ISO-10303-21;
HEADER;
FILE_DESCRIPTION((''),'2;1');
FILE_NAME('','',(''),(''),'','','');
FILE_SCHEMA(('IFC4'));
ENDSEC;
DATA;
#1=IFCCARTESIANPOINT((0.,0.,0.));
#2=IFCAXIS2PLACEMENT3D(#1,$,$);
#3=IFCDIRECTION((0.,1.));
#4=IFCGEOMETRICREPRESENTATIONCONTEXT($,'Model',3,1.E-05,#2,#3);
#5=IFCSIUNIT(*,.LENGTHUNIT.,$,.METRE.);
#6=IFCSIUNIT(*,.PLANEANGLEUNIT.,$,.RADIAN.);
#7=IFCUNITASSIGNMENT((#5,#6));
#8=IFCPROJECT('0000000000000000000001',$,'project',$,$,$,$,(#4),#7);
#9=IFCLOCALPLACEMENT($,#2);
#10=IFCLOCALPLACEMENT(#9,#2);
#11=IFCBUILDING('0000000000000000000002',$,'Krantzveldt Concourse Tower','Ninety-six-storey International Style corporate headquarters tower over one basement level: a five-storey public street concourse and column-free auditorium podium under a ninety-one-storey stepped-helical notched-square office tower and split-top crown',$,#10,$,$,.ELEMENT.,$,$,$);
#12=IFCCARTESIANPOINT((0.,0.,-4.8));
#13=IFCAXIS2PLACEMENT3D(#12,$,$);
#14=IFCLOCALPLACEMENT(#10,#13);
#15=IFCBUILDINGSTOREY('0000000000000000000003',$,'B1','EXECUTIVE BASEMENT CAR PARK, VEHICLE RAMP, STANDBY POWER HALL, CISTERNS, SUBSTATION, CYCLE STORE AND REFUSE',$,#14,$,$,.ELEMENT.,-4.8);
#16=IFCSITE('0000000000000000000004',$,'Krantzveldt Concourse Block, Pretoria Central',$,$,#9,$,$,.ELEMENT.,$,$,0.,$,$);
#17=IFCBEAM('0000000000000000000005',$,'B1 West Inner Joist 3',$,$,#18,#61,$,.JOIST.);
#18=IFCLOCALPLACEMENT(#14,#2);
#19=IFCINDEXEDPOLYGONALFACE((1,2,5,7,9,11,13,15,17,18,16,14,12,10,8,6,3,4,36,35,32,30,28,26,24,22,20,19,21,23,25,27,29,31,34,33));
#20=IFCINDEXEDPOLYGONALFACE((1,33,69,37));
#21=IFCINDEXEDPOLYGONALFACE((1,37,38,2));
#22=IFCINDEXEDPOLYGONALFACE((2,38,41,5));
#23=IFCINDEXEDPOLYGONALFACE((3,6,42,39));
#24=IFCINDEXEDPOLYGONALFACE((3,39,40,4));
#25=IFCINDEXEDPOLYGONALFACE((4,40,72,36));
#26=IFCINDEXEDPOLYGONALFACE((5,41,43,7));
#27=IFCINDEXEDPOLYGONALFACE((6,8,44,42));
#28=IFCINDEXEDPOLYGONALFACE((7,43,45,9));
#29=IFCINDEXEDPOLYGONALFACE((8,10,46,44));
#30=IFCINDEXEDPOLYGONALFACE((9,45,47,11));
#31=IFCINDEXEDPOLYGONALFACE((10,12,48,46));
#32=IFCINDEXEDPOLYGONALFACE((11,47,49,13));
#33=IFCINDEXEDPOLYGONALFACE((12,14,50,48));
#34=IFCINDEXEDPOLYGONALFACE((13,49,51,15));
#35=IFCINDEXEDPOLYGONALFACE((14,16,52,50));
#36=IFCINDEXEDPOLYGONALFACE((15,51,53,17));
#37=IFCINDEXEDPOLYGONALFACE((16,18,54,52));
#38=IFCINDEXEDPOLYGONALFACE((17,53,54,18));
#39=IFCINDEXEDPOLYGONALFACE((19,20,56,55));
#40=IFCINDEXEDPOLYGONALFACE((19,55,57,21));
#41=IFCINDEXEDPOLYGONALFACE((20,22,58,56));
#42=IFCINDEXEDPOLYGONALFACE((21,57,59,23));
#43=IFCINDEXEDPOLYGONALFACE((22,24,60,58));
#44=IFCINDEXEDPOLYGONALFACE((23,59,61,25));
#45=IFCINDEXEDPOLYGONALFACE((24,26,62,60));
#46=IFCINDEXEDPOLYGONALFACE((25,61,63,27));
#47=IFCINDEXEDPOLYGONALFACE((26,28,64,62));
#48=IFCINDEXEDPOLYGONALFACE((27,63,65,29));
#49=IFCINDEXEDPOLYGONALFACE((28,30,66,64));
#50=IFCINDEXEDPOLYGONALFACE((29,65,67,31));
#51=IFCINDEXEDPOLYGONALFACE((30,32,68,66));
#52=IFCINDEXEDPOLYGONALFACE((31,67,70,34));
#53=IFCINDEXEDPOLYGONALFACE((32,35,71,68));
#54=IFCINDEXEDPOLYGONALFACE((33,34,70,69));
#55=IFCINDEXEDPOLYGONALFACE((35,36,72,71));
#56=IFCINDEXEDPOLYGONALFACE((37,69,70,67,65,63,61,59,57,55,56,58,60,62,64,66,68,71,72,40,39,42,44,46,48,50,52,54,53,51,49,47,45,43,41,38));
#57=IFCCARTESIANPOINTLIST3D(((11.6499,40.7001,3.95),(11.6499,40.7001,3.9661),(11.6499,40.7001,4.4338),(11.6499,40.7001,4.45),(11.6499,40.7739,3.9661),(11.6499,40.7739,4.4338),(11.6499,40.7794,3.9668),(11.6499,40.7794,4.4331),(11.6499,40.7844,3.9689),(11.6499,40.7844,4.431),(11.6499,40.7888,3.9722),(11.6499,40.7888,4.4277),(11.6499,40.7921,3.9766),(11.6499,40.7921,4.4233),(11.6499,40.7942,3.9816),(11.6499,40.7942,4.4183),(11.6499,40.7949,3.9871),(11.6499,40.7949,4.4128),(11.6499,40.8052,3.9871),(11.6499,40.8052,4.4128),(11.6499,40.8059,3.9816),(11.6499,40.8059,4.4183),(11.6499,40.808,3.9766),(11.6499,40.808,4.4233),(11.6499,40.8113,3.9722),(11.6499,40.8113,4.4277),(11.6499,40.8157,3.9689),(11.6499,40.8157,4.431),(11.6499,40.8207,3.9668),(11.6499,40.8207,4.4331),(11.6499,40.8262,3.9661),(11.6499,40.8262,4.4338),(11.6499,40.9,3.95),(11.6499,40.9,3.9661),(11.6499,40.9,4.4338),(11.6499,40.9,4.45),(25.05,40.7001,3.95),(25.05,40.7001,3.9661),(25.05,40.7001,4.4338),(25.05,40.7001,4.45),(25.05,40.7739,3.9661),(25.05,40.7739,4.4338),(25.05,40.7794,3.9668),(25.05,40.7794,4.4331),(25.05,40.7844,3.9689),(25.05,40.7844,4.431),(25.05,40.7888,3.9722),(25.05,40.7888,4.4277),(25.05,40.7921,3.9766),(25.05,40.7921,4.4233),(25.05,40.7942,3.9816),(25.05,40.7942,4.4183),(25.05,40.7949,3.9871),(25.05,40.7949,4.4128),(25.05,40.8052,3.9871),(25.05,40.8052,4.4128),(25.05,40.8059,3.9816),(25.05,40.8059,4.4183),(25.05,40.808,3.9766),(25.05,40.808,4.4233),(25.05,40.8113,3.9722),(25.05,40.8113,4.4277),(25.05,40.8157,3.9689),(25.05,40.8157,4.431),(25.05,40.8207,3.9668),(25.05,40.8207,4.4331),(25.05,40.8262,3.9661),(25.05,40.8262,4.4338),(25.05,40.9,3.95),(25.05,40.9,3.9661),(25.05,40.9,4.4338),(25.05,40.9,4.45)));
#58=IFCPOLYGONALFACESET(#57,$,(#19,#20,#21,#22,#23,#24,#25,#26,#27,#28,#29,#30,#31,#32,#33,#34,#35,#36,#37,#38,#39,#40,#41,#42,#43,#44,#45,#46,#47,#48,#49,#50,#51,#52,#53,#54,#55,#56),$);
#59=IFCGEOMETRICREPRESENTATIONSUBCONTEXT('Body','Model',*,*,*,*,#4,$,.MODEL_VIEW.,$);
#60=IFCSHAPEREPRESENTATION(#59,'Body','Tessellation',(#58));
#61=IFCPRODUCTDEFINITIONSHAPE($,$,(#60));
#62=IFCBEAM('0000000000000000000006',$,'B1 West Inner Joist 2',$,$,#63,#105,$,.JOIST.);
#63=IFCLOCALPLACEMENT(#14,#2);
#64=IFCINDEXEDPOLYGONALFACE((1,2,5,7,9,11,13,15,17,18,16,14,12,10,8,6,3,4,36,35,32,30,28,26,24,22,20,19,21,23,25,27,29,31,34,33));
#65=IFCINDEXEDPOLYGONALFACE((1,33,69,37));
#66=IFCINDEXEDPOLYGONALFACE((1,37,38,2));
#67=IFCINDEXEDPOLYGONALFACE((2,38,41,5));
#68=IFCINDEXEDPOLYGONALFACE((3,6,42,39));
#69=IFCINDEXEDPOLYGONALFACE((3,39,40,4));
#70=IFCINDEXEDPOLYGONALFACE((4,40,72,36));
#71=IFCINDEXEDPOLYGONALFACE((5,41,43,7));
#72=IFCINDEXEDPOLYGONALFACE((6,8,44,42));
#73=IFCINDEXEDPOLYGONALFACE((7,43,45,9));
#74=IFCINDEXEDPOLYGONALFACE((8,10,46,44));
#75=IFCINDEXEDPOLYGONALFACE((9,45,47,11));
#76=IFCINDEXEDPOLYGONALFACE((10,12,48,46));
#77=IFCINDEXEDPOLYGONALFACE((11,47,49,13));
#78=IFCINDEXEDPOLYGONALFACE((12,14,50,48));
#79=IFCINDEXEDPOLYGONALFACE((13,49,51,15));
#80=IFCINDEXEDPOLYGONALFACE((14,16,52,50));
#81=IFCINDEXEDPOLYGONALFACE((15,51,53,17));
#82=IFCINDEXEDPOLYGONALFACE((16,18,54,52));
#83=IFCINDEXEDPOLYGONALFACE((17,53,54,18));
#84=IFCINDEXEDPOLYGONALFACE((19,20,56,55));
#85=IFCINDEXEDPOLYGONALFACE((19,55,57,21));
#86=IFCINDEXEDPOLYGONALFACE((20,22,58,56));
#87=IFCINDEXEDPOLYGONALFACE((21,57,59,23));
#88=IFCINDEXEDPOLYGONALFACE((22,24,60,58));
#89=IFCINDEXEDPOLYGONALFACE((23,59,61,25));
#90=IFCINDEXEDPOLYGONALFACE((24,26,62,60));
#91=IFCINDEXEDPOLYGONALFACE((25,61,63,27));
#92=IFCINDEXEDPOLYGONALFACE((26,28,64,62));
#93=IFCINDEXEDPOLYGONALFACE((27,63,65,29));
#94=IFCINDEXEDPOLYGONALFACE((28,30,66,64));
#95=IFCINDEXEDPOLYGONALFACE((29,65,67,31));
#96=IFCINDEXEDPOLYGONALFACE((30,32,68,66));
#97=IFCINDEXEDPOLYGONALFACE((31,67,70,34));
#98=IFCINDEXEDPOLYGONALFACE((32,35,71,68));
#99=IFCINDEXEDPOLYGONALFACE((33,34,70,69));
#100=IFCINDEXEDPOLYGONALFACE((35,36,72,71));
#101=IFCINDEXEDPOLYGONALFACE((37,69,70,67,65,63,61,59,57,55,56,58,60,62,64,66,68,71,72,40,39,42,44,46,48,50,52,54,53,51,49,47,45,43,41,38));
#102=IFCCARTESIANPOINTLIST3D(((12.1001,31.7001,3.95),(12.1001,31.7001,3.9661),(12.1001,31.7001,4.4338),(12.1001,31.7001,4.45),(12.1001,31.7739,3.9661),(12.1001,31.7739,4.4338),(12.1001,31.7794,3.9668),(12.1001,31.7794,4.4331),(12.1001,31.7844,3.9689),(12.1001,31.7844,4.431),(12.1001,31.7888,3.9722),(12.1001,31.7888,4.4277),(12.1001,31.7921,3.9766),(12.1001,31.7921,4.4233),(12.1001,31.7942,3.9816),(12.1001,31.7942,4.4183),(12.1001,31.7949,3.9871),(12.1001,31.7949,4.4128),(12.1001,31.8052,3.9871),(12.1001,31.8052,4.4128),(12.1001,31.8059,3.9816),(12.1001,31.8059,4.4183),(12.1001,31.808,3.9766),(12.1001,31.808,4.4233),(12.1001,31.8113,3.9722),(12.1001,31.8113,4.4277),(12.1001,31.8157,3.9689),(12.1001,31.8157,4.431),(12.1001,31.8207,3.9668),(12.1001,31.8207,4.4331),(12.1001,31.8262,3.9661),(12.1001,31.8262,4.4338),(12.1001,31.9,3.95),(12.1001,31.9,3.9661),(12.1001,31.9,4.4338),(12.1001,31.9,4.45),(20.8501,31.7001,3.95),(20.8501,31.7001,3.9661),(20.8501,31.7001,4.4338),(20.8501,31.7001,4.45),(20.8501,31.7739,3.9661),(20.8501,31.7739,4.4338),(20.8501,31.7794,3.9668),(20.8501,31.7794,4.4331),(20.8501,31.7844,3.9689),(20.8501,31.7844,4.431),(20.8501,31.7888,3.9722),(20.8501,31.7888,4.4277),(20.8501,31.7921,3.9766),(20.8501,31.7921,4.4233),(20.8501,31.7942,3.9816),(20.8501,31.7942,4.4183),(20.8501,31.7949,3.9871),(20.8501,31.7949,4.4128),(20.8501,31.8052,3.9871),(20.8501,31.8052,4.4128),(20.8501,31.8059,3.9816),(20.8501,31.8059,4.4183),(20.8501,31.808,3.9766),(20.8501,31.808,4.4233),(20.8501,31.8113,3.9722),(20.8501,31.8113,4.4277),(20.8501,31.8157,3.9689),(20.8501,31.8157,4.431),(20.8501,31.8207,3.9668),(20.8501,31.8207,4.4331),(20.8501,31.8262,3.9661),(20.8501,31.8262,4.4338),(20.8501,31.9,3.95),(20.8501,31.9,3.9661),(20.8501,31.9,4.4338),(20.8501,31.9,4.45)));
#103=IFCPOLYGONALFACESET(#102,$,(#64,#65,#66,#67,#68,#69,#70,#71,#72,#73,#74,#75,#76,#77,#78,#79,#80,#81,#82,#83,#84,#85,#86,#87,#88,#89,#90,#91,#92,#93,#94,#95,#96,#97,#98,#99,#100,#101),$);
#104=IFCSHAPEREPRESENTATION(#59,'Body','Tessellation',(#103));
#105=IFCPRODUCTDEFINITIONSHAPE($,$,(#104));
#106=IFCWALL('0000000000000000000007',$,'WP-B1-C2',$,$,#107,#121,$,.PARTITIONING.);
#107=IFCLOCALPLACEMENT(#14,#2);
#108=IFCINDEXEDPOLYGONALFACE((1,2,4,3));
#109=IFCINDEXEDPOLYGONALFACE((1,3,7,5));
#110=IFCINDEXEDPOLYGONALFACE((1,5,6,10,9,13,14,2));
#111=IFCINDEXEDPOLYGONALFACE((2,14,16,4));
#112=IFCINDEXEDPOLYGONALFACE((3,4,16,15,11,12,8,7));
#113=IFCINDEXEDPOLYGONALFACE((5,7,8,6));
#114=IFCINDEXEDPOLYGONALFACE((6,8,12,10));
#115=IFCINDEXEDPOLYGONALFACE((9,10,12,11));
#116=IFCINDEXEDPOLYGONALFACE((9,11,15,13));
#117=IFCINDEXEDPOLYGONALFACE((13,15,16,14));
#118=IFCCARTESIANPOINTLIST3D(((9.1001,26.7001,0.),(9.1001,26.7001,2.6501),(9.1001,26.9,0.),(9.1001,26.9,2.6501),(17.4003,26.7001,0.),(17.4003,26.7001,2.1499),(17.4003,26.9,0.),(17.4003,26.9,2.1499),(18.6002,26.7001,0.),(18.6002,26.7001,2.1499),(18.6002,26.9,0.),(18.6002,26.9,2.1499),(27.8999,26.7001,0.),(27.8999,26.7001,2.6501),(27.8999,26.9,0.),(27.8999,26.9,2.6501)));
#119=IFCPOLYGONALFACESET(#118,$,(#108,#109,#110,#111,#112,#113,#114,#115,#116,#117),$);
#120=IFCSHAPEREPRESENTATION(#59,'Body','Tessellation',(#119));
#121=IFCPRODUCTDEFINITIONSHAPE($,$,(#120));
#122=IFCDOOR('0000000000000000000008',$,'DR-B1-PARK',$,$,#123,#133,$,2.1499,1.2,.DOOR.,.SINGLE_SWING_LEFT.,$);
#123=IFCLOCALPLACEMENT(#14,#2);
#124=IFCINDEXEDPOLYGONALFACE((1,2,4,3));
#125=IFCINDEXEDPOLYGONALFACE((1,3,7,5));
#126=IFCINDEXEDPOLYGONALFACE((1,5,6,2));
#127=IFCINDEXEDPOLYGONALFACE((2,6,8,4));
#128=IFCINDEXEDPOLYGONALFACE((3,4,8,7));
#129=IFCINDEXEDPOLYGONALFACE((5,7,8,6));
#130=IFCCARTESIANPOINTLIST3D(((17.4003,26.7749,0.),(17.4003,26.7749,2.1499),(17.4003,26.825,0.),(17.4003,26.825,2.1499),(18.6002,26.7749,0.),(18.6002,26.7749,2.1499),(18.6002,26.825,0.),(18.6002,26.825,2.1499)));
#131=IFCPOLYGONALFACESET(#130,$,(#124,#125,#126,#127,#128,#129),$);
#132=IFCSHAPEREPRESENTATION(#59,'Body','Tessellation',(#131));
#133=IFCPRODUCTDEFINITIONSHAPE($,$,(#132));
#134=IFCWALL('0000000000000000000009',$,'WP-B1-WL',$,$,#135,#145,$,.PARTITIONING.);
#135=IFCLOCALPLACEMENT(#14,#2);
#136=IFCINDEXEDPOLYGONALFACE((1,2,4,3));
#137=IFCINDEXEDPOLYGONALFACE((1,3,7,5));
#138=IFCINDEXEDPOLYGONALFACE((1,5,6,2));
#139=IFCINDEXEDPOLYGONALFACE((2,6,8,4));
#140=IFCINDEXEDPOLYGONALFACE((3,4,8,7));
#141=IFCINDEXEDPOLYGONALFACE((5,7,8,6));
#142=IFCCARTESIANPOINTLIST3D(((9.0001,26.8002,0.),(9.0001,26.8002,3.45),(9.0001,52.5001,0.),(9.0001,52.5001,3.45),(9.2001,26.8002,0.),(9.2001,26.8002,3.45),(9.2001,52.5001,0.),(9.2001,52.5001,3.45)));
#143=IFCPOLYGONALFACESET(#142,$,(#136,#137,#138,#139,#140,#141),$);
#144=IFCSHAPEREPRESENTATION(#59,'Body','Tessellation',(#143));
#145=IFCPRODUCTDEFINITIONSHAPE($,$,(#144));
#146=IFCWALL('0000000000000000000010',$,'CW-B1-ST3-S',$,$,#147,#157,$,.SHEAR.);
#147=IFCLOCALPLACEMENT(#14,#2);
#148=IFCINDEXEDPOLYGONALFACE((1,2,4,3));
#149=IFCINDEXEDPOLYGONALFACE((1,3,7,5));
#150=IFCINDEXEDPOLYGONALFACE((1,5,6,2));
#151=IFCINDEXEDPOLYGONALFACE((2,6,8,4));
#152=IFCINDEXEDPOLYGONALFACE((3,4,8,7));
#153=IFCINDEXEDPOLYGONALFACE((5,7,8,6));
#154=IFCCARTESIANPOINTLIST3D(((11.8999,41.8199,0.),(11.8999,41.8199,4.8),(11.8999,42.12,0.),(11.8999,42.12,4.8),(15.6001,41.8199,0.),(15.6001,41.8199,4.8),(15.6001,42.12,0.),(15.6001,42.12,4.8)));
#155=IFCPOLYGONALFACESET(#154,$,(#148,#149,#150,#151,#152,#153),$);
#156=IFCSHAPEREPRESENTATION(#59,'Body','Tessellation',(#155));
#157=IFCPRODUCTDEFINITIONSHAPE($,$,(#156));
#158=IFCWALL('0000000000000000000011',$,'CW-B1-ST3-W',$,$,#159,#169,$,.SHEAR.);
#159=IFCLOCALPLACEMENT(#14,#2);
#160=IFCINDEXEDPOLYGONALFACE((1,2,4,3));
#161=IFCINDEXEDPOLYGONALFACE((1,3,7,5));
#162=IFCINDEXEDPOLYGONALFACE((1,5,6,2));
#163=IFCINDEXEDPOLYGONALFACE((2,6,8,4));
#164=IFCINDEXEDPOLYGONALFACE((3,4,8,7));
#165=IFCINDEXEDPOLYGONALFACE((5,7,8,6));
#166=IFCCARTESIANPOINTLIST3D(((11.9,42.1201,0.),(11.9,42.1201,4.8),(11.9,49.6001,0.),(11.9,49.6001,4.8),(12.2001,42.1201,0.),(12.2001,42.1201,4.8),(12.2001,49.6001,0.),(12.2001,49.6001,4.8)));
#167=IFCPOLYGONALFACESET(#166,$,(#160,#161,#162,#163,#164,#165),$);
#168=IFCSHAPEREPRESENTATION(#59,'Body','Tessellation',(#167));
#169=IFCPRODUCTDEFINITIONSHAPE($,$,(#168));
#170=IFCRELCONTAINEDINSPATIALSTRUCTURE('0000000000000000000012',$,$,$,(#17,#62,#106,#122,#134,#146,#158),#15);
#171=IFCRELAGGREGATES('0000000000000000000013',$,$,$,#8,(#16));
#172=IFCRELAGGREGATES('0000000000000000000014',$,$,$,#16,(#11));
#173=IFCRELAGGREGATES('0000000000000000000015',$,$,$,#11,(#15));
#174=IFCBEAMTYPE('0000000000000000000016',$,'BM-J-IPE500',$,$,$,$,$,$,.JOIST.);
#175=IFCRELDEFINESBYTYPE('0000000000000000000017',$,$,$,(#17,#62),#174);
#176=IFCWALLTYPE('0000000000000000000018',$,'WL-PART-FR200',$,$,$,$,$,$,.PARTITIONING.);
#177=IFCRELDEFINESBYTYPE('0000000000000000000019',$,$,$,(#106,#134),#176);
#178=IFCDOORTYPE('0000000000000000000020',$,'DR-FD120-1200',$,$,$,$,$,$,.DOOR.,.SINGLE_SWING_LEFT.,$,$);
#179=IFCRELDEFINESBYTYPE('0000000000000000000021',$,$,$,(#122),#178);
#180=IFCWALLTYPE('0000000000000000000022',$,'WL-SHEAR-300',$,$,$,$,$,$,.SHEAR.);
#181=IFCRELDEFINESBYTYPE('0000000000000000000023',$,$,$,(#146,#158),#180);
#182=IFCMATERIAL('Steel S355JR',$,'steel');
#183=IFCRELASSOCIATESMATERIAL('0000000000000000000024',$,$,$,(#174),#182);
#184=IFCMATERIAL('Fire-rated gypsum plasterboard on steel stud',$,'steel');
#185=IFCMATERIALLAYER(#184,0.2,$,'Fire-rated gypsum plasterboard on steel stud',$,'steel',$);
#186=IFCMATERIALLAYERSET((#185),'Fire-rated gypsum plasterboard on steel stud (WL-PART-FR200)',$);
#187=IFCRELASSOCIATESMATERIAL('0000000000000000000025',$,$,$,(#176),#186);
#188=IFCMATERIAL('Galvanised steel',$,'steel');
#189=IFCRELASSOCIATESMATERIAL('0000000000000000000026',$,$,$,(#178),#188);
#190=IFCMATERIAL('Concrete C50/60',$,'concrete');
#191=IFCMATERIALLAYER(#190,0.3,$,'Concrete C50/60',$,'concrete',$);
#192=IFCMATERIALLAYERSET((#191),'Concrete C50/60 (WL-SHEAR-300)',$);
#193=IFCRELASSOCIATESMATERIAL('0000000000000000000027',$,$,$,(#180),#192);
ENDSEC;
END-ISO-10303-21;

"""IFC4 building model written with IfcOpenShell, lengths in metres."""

from ifc_helpers import new_model, si_unit, direction, frame, frame_2d, origin, origin_2d, place, context, subcontext, project, spatial, rectangle, i_section, extrude, source, transform, mapped, material, layer, layer_set, material_profile, profile_set, type_object, type_shapes, element, fill, save


model = new_model("IFC4")

# Units and contexts
model_context = context("Model", 3, precision=1e-05, world=origin(), true_north=direction((0.0, 1.0)))
body_context = subcontext(model_context, "Body", "Model", "MODEL_VIEW")
ifc_project = project(units=[si_unit("LENGTHUNIT", "METRE"), si_unit("PLANEANGLEUNIT", "RADIAN")], contexts=[model_context])

# Site, building, storey
site_placement = place(None, origin())
site = spatial("IfcSite", under=ifc_project, at=site_placement, Name="Krantzveldt Concourse Block, Pretoria Central", CompositionType="ELEMENT", RefElevation=0.0)
building_placement = place(site_placement, origin())
building = spatial("IfcBuilding", under=site, at=building_placement, Name="Krantzveldt Concourse Tower", Description="Ninety-six-storey International Style corporate headquarters tower over one basement level: a five-storey public street concourse and column-free auditorium podium under a ninety-one-storey stepped-helical notched-square office tower and split-top crown", CompositionType="ELEMENT")
storey_placement = place(building_placement, frame((0.0, 0.0, -4.8)))
storey = spatial("IfcBuildingStorey", under=building, at=storey_placement, Name="B1", Description="EXECUTIVE BASEMENT CAR PARK, VEHICLE RAMP, STANDBY POWER HALL, CISTERNS, SUBSTATION, CYCLE STORE AND REFUSE", CompositionType="ELEMENT", Elevation=-4.8)

# Shared definitions
ifc_material_1 = material(Name="Concrete C50/60", Category="concrete")

# Beams
ifc_material_2 = material(Name="Steel S355JR", Category="steel")
ifc_material_profile_1 = material_profile(ifc_material_2, i_section(OverallWidth=0.2, OverallDepth=0.5, WebThickness=0.0103, FlangeThickness=0.0161, FilletRadius=0.021, at=origin_2d()), Name="Steel S355JR", Category="steel")
ifc_profile_set_1 = profile_set([ifc_material_profile_1], Name="Steel S355JR - IPE 500")
beam_type_1 = type_object("IfcBeamType", Name="BM-J-IPE500", PredefinedType="JOIST", material=ifc_profile_set_1)
shared_shape_1 = source(origin(), body_context, "Body", "SweptSolid", [
    extrude(i_section(OverallWidth=0.2, OverallDepth=0.5, WebThickness=0.0103, FlangeThickness=0.0161, FilletRadius=0.021, at=origin_2d()), origin(), (0.0, 0.0, 1.0), 13.4001),
])
beam_1_placement = place(storey_placement, frame((11.6499, 40.8, 4.2), z_axis=(1.0, 0.0, 0.0), x_axis=(0.0, 1.0, 0.0)))
element("IfcBeam", 1, at=beam_1_placement, inside=storey, type_object=beam_type_1, Name="B1 West Inner Joist 3", PredefinedType="JOIST", context=body_context, shape_type="MappedRepresentation", body=[
    mapped(shared_shape_1, transform((0.0, 0.0, 0.0), x_axis=(1.0, 0.0, 0.0), y_axis=(0.0, 1.0, 0.0), z_axis=(0.0, 0.0, 1.0), scale=1.0)),
])
shared_shape_2 = source(origin(), body_context, "Body", "SweptSolid", [
    extrude(i_section(OverallWidth=0.2, OverallDepth=0.5, WebThickness=0.0103, FlangeThickness=0.0161, FilletRadius=0.021, at=origin_2d()), origin(), (0.0, 0.0, 1.0), 8.75),
])
type_shapes(beam_type_1, [shared_shape_1, shared_shape_2])
beam_2_placement = place(storey_placement, frame((12.1001, 31.8, 4.2), z_axis=(1.0, 0.0, 0.0), x_axis=(0.0, 1.0, 0.0)))
element("IfcBeam", 2, at=beam_2_placement, inside=storey, type_object=beam_type_1, Name="B1 West Inner Joist 2", PredefinedType="JOIST", context=body_context, shape_type="MappedRepresentation", body=[
    mapped(shared_shape_2, transform((0.0, 0.0, 0.0), x_axis=(1.0, 0.0, 0.0), y_axis=(0.0, 1.0, 0.0), z_axis=(0.0, 0.0, 1.0), scale=1.0)),
])

# Wall, opening, door
ifc_material_3 = material(Name="Fire-rated gypsum plasterboard on steel stud", Category="steel")
ifc_layer_1 = layer(ifc_material_3, 0.2, Name="Fire-rated gypsum plasterboard on steel stud", Category="steel")
ifc_layer_set_1 = layer_set([ifc_layer_1], Name="Fire-rated gypsum plasterboard on steel stud (WL-PART-FR200)")
wall_type_1 = type_object("IfcWallType", Name="WL-PART-FR200", PredefinedType="PARTITIONING", material=ifc_layer_set_1)
wall_1_placement = place(storey_placement, frame((9.1001, 26.8, 0.0), z_axis=(0.0, 0.0, 1.0), x_axis=(1.0, 0.0, 0.0)))
wall_1 = element("IfcWall", 3, at=wall_1_placement, inside=storey, type_object=wall_type_1, Name="WP-B1-C2", PredefinedType="PARTITIONING", context=body_context, shape_type="SweptSolid", body=[
    extrude(rectangle(XDim=18.7998, YDim=0.2, at=frame_2d((9.3999, 0.0))), origin(), (0.0, 0.0, 1.0), 2.6501),
])
opening_placement = place(wall_1_placement, frame((8.3, 0.0, 0.0)))
opening = element("IfcOpeningElement", 4, at=opening_placement, cuts=wall_1, PredefinedType="OPENING", context=body_context, shape_type="SweptSolid", body=[
    extrude(rectangle(XDim=1.2, YDim=2.1499, at=frame_2d((0.6001, 1.075))), frame((0.0, 0.1099, 0.0), z_axis=(0.0, -1.0, 0.0), x_axis=(1.0, 0.0, 0.0)), (0.0, 0.0, 1.0), 0.22),
])
ifc_material_4 = material(Name="Galvanised steel", Category="steel")
door_type = type_object("IfcDoorType", Name="DR-FD120-1200", OperationType="SINGLE_SWING_LEFT", PredefinedType="DOOR", material=ifc_material_4)
door_placement = place(opening_placement, origin())
door = element("IfcDoor", 5, at=door_placement, inside=storey, type_object=door_type, Name="DR-B1-PARK", OperationType="SINGLE_SWING_LEFT", OverallHeight=2.1499, OverallWidth=1.2, PredefinedType="DOOR", context=body_context, shape_type="SweptSolid", body=[
    extrude(rectangle(XDim=1.2, YDim=2.1499, at=frame_2d((0.6001, 1.075))), frame((0.0, 0.0249, 0.0), z_axis=(0.0, -1.0, 0.0), x_axis=(1.0, 0.0, 0.0)), (0.0, 0.0, 1.0), 0.05),
])
fill(opening, door)

# Walls
wall_2_placement = place(storey_placement, frame((9.1001, 26.8, 0.0), z_axis=(0.0, 0.0, 1.0), x_axis=(0.0, 1.0, 0.0)))
element("IfcWall", 6, at=wall_2_placement, inside=storey, type_object=wall_type_1, Name="WP-B1-WL", PredefinedType="PARTITIONING", context=body_context, shape_type="SweptSolid", body=[
    extrude(rectangle(XDim=25.7, YDim=0.2, at=frame_2d((12.8501, 0.0))), origin(), (0.0, 0.0, 1.0), 3.45),
])
ifc_layer_2 = layer(ifc_material_1, 0.3, Name="Concrete C50/60", Category="concrete")
ifc_layer_set_2 = layer_set([ifc_layer_2], Name="Concrete C50/60 (WL-SHEAR-300)")
wall_type_2 = type_object("IfcWallType", Name="WL-SHEAR-300", PredefinedType="SHEAR", material=ifc_layer_set_2)
wall_3_placement = place(storey_placement, frame((11.8999, 41.97, 0.0), z_axis=(0.0, 0.0, 1.0), x_axis=(1.0, 0.0, 0.0)))
element("IfcWall", 7, at=wall_3_placement, inside=storey, type_object=wall_type_2, Name="CW-B1-ST3-S", PredefinedType="SHEAR", context=body_context, shape_type="SweptSolid", body=[
    extrude(rectangle(XDim=3.7002, YDim=0.3, at=frame_2d((1.8501, 0.0))), origin(), (0.0, 0.0, 1.0), 4.8),
])
wall_4_placement = place(storey_placement, frame((12.05, 42.1201, 0.0), z_axis=(0.0, 0.0, 1.0), x_axis=(0.0, 1.0, 0.0)))
element("IfcWall", 8, at=wall_4_placement, inside=storey, type_object=wall_type_2, Name="CW-B1-ST3-W", PredefinedType="SHEAR", context=body_context, shape_type="SweptSolid", body=[
    extrude(rectangle(XDim=7.48, YDim=0.3, at=frame_2d((3.74, 0.0))), origin(), (0.0, 0.0, 1.0), 4.8),
])

save(model, "model.ifc")
